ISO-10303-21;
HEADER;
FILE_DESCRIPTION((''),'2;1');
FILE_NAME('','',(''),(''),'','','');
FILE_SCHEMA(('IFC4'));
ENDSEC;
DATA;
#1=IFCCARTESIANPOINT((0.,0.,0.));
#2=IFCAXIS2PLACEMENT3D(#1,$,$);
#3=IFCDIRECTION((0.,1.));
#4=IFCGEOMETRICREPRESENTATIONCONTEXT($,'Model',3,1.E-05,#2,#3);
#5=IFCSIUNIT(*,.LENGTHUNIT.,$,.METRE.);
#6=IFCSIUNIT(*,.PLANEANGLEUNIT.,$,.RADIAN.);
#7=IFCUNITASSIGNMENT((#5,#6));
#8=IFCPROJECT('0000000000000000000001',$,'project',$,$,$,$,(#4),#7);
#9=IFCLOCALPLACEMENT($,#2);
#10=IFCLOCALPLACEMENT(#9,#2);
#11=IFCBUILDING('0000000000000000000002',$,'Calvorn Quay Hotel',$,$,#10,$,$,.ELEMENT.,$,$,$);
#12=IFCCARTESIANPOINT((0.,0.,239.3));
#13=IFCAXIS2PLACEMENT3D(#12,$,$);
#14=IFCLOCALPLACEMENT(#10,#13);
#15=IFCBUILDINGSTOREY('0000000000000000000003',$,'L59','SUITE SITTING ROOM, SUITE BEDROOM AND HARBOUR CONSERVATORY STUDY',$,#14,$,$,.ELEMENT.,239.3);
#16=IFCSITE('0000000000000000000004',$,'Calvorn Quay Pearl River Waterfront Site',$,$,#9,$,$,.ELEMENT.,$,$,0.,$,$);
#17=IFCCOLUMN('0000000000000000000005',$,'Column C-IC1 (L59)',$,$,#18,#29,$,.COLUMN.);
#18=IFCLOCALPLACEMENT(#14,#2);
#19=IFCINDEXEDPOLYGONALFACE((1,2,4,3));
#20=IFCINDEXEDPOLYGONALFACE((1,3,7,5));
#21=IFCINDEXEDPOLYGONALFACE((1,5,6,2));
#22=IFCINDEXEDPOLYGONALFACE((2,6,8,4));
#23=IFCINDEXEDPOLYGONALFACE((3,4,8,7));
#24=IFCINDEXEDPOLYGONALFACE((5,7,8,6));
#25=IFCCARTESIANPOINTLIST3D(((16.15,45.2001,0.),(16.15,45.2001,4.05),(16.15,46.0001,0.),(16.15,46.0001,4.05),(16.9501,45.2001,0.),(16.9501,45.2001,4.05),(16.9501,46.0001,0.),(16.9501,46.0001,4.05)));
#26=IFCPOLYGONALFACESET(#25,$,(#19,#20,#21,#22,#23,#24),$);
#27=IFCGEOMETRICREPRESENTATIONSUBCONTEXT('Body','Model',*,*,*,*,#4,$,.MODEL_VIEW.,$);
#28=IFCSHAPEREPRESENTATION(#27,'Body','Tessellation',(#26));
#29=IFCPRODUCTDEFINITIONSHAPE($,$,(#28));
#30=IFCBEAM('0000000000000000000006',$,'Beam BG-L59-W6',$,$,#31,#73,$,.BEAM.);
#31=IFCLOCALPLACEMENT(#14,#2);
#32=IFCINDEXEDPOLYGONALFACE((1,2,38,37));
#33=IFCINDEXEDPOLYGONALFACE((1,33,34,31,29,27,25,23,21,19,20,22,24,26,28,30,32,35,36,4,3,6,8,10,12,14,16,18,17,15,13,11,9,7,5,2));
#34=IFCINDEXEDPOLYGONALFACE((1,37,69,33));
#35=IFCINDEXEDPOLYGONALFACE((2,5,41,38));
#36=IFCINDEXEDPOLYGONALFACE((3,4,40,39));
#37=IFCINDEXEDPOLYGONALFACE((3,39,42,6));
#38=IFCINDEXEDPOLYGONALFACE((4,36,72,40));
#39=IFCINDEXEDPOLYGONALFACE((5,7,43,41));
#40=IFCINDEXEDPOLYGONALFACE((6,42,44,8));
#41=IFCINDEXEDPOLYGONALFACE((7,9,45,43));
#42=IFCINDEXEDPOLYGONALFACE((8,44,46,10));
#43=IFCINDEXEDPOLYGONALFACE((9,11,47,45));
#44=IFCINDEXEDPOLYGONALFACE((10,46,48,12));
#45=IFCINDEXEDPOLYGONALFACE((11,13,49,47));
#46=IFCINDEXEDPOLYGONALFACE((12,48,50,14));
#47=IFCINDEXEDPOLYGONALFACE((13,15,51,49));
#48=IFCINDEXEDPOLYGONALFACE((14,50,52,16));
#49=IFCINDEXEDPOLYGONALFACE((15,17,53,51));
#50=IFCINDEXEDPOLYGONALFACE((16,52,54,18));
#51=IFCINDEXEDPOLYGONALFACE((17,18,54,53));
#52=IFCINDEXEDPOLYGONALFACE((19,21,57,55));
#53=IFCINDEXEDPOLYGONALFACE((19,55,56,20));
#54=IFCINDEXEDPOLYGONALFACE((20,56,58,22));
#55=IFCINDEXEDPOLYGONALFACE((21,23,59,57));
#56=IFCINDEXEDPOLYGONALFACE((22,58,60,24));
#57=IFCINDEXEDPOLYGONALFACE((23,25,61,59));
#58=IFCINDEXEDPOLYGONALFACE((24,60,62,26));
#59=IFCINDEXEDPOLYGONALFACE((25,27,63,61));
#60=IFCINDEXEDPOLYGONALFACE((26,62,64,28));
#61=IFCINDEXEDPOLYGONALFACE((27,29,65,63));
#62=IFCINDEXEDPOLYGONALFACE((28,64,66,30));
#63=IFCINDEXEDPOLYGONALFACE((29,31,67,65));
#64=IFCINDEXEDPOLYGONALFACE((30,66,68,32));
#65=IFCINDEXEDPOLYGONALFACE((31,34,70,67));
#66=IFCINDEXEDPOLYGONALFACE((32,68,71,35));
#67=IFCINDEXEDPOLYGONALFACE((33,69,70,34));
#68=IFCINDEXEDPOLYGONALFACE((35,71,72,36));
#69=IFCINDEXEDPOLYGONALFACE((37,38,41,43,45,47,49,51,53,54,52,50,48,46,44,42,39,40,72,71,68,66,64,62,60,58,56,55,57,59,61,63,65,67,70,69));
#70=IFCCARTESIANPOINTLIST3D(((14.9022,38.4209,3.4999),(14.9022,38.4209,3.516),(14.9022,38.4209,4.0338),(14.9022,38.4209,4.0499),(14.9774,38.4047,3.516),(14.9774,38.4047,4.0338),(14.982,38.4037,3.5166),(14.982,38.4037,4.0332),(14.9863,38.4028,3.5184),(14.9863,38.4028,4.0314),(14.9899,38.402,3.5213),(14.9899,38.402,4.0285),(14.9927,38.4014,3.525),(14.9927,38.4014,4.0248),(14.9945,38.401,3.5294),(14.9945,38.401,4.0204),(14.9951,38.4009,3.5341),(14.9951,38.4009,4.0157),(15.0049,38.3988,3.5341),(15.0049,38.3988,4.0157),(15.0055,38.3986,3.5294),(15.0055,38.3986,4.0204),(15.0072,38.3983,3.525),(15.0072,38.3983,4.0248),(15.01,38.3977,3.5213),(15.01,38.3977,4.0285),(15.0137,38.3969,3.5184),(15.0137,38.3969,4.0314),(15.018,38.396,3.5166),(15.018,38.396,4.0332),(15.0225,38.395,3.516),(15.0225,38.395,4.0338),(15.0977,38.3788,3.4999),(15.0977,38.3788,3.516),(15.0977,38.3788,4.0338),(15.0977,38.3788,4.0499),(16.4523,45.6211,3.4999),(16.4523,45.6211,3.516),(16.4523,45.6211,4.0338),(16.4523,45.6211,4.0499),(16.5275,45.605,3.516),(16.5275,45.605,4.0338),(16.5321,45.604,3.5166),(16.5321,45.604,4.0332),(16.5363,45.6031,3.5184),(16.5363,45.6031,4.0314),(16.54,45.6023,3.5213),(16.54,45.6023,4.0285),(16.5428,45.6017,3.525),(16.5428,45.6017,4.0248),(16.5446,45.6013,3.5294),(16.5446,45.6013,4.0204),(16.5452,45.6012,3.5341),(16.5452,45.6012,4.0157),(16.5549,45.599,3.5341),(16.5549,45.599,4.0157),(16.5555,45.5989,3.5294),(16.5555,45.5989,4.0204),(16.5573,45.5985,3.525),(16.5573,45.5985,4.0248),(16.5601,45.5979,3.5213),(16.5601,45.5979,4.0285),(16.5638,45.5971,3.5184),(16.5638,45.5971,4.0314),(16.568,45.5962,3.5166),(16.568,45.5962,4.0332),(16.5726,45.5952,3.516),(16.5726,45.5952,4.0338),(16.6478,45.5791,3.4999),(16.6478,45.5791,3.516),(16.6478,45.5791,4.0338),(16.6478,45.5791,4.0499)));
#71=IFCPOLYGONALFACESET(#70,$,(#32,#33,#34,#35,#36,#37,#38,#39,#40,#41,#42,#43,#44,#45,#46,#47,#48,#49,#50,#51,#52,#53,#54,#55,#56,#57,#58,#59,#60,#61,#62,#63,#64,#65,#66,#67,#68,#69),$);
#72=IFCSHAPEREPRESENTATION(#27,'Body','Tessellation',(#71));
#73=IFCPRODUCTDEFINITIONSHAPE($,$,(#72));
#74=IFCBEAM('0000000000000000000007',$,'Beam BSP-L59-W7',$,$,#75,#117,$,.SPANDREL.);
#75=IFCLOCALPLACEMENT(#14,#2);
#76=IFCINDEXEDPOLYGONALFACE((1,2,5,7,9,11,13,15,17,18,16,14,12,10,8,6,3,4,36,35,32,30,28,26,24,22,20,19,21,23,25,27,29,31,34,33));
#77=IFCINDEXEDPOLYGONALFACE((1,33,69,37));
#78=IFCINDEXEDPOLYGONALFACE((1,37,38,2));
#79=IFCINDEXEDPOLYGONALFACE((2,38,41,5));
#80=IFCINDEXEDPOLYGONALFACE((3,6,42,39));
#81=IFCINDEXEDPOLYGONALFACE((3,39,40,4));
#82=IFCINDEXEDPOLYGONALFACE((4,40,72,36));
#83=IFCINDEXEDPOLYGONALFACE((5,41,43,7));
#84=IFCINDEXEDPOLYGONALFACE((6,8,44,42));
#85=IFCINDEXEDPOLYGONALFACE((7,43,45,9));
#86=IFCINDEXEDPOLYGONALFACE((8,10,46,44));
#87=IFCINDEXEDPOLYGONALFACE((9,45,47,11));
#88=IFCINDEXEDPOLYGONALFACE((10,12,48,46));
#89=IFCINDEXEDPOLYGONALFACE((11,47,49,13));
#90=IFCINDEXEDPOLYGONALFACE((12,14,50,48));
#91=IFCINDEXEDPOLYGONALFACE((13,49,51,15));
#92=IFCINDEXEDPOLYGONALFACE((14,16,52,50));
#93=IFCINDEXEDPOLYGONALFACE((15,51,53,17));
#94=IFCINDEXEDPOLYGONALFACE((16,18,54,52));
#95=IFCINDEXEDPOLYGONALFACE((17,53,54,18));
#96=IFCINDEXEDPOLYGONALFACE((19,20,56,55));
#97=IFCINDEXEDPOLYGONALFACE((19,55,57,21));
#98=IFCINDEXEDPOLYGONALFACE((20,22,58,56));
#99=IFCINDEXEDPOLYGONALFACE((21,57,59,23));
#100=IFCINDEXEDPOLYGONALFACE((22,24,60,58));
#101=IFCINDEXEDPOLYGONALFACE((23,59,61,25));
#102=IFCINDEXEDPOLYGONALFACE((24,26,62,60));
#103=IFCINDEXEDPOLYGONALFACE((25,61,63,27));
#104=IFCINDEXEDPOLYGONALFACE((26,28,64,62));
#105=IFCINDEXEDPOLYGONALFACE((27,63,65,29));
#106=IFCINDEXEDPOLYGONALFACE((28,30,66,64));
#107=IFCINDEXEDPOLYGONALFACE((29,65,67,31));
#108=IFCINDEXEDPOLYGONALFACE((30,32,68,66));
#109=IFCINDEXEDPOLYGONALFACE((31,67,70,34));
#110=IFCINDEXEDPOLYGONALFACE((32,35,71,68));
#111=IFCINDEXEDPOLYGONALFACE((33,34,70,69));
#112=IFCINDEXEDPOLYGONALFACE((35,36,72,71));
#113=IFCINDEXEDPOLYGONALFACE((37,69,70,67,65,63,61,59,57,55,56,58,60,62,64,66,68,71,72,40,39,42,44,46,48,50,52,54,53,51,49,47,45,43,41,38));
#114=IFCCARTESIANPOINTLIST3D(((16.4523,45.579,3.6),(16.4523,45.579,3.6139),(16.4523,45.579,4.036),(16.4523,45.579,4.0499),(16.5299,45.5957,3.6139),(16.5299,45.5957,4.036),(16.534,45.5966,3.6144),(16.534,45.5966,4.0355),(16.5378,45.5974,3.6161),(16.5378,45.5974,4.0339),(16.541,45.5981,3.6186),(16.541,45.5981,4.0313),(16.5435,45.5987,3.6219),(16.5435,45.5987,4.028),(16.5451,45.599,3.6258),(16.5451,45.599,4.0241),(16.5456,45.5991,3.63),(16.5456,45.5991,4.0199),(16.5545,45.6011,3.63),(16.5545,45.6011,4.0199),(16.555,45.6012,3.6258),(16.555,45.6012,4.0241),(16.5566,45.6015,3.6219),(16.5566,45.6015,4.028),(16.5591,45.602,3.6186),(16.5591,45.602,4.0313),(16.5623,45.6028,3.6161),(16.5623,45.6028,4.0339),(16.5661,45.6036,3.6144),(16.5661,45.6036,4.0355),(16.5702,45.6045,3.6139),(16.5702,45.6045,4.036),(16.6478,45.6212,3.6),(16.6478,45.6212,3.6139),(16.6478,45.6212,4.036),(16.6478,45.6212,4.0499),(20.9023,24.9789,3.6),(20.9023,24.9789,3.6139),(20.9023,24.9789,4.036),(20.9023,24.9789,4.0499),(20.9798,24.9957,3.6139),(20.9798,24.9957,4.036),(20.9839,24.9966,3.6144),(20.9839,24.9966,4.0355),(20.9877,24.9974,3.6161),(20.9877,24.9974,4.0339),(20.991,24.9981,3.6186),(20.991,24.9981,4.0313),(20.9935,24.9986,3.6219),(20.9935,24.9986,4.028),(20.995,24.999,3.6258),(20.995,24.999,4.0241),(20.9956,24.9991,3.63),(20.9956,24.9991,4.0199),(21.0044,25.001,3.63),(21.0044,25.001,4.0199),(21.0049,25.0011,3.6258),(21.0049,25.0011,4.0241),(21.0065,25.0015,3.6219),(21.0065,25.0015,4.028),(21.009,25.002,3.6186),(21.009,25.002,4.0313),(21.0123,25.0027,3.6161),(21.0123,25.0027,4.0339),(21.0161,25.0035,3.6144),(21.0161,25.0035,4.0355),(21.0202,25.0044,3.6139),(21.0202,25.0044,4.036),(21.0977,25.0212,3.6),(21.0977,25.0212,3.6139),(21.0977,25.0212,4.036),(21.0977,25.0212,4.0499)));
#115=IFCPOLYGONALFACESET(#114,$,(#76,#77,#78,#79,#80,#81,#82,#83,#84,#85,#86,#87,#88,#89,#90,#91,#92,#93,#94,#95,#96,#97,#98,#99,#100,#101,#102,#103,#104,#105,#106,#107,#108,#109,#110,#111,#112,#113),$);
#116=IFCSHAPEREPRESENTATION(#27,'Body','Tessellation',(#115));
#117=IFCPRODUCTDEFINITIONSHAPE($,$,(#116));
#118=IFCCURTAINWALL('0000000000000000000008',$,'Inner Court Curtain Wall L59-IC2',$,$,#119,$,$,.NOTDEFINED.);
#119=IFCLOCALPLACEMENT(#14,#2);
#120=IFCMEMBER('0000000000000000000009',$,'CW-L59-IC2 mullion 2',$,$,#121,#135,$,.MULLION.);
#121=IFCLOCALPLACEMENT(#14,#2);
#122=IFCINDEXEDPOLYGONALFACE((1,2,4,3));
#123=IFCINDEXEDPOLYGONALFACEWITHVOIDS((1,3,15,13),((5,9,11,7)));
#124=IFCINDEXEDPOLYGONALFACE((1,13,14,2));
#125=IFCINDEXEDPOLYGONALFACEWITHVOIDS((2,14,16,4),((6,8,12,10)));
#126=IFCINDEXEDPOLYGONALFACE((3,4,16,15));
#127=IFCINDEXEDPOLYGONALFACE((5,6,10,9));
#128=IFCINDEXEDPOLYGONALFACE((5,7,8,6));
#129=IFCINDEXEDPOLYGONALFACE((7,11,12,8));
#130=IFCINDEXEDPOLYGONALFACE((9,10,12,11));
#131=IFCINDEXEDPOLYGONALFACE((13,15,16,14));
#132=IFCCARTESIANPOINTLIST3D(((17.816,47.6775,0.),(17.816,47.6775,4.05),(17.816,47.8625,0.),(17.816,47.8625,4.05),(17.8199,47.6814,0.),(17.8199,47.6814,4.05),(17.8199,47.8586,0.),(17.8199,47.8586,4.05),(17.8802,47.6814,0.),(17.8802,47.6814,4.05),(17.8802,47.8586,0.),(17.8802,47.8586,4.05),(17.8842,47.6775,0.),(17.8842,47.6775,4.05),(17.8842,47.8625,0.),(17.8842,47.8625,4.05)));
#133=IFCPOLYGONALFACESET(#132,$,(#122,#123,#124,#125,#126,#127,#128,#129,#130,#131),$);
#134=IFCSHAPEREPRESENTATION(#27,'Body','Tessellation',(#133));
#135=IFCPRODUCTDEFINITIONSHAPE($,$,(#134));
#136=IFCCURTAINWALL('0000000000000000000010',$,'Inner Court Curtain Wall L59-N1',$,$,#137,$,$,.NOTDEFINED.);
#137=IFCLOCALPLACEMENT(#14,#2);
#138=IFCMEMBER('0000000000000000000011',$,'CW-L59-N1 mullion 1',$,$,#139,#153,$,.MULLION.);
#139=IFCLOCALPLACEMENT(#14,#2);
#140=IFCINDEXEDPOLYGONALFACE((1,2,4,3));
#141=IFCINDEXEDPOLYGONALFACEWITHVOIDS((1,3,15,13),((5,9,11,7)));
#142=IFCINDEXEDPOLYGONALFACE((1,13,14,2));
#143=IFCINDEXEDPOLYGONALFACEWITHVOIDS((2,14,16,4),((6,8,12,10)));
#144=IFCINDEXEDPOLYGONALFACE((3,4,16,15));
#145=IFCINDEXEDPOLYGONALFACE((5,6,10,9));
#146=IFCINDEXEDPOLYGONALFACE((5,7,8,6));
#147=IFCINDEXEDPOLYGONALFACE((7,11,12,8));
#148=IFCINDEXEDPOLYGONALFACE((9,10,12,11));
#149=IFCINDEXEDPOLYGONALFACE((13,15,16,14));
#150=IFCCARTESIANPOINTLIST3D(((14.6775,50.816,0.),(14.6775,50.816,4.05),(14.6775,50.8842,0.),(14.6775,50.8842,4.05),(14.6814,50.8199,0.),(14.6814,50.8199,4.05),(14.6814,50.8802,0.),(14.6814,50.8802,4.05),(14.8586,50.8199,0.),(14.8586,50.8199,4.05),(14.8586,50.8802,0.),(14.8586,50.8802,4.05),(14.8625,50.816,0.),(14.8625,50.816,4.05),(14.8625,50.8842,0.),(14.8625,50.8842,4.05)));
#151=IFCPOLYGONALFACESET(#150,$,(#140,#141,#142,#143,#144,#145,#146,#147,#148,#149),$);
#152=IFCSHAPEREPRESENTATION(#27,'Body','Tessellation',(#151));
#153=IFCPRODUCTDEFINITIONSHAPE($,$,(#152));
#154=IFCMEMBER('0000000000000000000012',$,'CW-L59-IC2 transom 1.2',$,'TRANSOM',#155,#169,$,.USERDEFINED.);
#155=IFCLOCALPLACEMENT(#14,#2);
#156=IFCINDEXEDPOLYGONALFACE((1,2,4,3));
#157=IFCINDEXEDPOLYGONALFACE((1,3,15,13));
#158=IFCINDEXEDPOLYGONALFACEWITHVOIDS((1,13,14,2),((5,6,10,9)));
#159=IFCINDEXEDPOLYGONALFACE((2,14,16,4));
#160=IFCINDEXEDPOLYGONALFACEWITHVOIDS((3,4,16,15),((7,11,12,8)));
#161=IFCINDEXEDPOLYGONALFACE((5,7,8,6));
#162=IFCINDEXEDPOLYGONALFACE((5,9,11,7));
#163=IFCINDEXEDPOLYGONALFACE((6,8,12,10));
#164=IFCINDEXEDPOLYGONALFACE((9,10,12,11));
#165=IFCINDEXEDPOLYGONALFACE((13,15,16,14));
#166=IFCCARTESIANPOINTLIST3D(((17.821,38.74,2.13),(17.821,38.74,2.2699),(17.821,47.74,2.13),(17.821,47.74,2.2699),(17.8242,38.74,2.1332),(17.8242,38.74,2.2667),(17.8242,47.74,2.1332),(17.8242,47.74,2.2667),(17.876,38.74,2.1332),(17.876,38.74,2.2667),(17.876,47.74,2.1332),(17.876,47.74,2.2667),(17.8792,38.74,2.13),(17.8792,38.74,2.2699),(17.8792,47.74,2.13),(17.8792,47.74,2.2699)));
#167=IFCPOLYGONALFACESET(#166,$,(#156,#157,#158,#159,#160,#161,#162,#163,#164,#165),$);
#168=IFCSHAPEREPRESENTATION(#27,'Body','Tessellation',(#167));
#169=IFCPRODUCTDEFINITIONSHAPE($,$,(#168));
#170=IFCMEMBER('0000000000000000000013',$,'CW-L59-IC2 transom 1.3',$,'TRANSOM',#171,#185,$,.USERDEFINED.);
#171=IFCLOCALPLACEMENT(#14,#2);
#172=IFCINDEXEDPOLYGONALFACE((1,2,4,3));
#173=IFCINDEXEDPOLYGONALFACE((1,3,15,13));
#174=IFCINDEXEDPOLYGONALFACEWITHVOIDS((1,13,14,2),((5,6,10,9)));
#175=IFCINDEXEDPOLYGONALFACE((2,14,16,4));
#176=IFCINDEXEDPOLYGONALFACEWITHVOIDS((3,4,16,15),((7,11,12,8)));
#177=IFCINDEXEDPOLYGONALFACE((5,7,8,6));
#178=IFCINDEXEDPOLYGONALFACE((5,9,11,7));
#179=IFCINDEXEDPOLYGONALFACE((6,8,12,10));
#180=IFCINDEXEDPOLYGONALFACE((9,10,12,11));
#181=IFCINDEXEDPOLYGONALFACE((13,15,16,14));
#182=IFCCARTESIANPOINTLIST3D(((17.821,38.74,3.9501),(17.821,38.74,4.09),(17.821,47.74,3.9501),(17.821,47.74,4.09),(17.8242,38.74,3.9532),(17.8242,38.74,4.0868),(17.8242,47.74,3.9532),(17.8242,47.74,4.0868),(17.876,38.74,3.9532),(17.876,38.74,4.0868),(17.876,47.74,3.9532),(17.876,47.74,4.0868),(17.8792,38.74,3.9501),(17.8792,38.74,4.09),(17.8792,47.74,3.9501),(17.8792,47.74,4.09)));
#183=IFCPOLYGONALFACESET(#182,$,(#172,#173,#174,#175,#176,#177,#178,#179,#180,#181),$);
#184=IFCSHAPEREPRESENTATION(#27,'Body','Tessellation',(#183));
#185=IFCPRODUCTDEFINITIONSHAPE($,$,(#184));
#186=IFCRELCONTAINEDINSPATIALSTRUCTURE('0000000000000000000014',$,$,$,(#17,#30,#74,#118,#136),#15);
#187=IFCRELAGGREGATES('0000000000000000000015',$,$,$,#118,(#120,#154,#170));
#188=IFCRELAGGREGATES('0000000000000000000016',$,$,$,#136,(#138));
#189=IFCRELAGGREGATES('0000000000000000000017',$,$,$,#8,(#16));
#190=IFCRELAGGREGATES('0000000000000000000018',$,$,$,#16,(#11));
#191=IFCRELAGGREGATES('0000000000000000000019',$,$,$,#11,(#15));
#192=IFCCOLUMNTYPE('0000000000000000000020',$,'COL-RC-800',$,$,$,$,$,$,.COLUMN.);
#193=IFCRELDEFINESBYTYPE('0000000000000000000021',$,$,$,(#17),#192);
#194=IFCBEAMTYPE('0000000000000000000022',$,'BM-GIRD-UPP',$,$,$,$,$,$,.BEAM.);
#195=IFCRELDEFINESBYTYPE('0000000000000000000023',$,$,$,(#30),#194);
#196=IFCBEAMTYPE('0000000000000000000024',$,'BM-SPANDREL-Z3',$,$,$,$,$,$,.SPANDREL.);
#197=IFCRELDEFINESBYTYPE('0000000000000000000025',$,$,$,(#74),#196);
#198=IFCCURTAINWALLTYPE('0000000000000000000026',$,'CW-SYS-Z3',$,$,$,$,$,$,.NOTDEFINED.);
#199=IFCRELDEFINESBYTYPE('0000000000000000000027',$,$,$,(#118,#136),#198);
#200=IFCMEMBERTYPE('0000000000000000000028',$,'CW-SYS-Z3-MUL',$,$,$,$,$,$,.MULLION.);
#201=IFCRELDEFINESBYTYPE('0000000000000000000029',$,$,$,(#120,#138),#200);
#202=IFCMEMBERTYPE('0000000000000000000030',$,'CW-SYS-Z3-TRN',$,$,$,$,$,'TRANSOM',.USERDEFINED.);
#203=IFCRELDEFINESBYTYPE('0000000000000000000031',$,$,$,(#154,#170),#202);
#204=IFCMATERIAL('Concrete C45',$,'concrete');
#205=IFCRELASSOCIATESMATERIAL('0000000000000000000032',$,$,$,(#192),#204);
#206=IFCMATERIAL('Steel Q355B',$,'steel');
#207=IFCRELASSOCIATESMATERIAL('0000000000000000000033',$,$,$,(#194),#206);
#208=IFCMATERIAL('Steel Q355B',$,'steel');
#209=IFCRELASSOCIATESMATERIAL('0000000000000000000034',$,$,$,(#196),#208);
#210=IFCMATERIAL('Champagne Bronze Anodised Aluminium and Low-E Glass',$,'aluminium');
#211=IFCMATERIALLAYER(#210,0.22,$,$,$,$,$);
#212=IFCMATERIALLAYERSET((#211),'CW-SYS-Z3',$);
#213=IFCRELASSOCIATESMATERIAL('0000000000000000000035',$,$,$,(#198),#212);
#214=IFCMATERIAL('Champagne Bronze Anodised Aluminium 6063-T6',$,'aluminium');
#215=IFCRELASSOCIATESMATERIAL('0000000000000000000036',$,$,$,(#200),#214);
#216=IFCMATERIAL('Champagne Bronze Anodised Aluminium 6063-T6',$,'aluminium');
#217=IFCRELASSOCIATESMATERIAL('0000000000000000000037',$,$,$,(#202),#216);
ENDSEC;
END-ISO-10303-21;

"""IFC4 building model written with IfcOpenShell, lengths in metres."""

from ifc_helpers import new_model, si_unit, direction, frame, origin, origin_2d, place, context, subcontext, project, spatial, rectangle, hollow_rectangle, i_section, extrude, material, layer, layer_set, material_profile, profile_set, type_object, element, aggregate, save


model = new_model("IFC4")

# Units and contexts
model_context = context("Model", 3, precision=1e-05, world=origin(), true_north=direction((0.0, 1.0)))
body_context = subcontext(model_context, "Body", "Model", "MODEL_VIEW")
ifc_project = project(units=[si_unit("LENGTHUNIT", "METRE"), si_unit("PLANEANGLEUNIT", "RADIAN")], contexts=[model_context])

# Site, building, storey
site_placement = place(None, origin())
site = spatial("IfcSite", under=ifc_project, at=site_placement, Name="Calvorn Quay Pearl River Waterfront Site", CompositionType="ELEMENT", RefElevation=0.0)
building_placement = place(site_placement, origin())
building = spatial("IfcBuilding", under=site, at=building_placement, Name="Calvorn Quay Hotel", CompositionType="ELEMENT")
storey_placement = place(building_placement, frame((0.0, 0.0, 239.3)))
storey = spatial("IfcBuildingStorey", under=building, at=storey_placement, Name="L59", Description="SUITE SITTING ROOM, SUITE BEDROOM AND HARBOUR CONSERVATORY STUDY", CompositionType="ELEMENT", Elevation=239.3)

# Column
ifc_material_1 = material(Name="Concrete C45", Category="concrete")
ifc_material_profile_1 = material_profile(ifc_material_1, rectangle(XDim=0.8, YDim=0.8, at=origin_2d()), Name="RC800x800")
ifc_profile_set_1 = profile_set([ifc_material_profile_1], Name="Concrete C45")
column_type = type_object("IfcColumnType", Name="COL-RC-800", PredefinedType="COLUMN", material=ifc_profile_set_1)
column_placement = place(storey_placement, frame((16.55, 45.6001, 0.0), z_axis=(0.0, 0.0, 1.0), x_axis=(1.0, 0.0, 0.0)))
element("IfcColumn", 1, at=column_placement, inside=storey, type_object=column_type, Name="Column C-IC1 (L59)", PredefinedType="COLUMN", context=body_context, shape_type="SweptSolid", body=[
    extrude(rectangle(XDim=0.8, YDim=0.8, at=origin_2d()), origin(), (0.0, 0.0, 1.0), 4.05),
])

# Beams
ifc_material_2 = material(Name="Steel Q355B", Category="steel")
ifc_material_profile_2 = material_profile(ifc_material_2, i_section(OverallWidth=0.2, OverallDepth=0.55, WebThickness=0.01, FlangeThickness=0.0161, FilletRadius=0.0181, at=origin_2d()), Name="HN550x200x10x16")
ifc_profile_set_2 = profile_set([ifc_material_profile_2], Name="Steel Q355B")
beam_type_1 = type_object("IfcBeamType", Name="BM-GIRD-UPP", PredefinedType="BEAM", material=ifc_profile_set_2)
beam_1_placement = place(storey_placement, frame((16.55, 45.6001, 3.7749), z_axis=(-0.210457, -0.977603, 0.0), x_axis=(0.977603, -0.210457, 0.0)))
element("IfcBeam", 2, at=beam_1_placement, inside=storey, type_object=beam_type_1, Name="Beam BG-L59-W6", PredefinedType="BEAM", context=body_context, shape_type="SweptSolid", body=[
    extrude(i_section(OverallWidth=0.2, OverallDepth=0.55, WebThickness=0.01, FlangeThickness=0.0161, FilletRadius=0.0181, at=origin_2d()), origin(), (0.0, 0.0, 1.0), 7.3652),
])
ifc_material_3 = material(Name="Steel Q355B", Category="steel")
ifc_material_profile_3 = material_profile(ifc_material_3, i_section(OverallWidth=0.2, OverallDepth=0.45, WebThickness=0.009, FlangeThickness=0.0139, FilletRadius=0.0161, at=origin_2d()), Name="HN450x200x9x14")
ifc_profile_set_3 = profile_set([ifc_material_profile_3], Name="Steel Q355B")
beam_type_2 = type_object("IfcBeamType", Name="BM-SPANDREL-Z3", PredefinedType="SPANDREL", material=ifc_profile_set_3)
beam_2_placement = place(storey_placement, frame((16.55, 45.6001, 3.825), z_axis=(0.211146, -0.977455, 0.0), x_axis=(0.977455, 0.211146, 0.0)))
element("IfcBeam", 3, at=beam_2_placement, inside=storey, type_object=beam_type_2, Name="Beam BSP-L59-W7", PredefinedType="SPANDREL", context=body_context, shape_type="SweptSolid", body=[
    extrude(i_section(OverallWidth=0.2, OverallDepth=0.45, WebThickness=0.009, FlangeThickness=0.0139, FilletRadius=0.0161, at=origin_2d()), origin(), (0.0, 0.0, 1.0), 21.0752),
])

# Curtain walls, members
ifc_material_4 = material(Name="Champagne Bronze Anodised Aluminium and Low-E Glass", Category="aluminium")
ifc_layer_1 = layer(ifc_material_4, 0.22)
ifc_layer_set_1 = layer_set([ifc_layer_1], Name="CW-SYS-Z3")
curtain_wall_type = type_object("IfcCurtainWallType", Name="CW-SYS-Z3", PredefinedType="NOTDEFINED", material=ifc_layer_set_1)
curtain_wall_1_placement = place(storey_placement, origin())
curtain_wall_1 = element("IfcCurtainWall", 4, at=curtain_wall_1_placement, inside=storey, type_object=curtain_wall_type, Name="Inner Court Curtain Wall L59-IC2", PredefinedType="NOTDEFINED")
ifc_material_5 = material(Name="Champagne Bronze Anodised Aluminium 6063-T6", Category="aluminium")
ifc_material_profile_4 = material_profile(ifc_material_5, hollow_rectangle(XDim=0.0681, YDim=0.1851, WallThickness=0.0039, at=origin_2d()), Name="ALU-M185x68x4")
ifc_profile_set_4 = profile_set([ifc_material_profile_4], Name="Champagne Bronze Anodised Aluminium 6063-T6")
member_type_1 = type_object("IfcMemberType", Name="CW-SYS-Z3-MUL", PredefinedType="MULLION", material=ifc_profile_set_4)
member_1_placement = place(storey_placement, frame((17.8501, 47.77, 0.0), z_axis=(0.0, 0.0, 1.0), x_axis=(-1.0, 0.0, 0.0)))
member_1 = element("IfcMember", 5, at=member_1_placement, type_object=member_type_1, Name="CW-L59-IC2 mullion 2", PredefinedType="MULLION", context=body_context, shape_type="SweptSolid", body=[
    extrude(hollow_rectangle(XDim=0.0681, YDim=0.1851, WallThickness=0.0039, at=origin_2d()), origin(), (0.0, 0.0, 1.0), 4.05),
])
curtain_wall_2_placement = place(storey_placement, origin())
curtain_wall_2 = element("IfcCurtainWall", 6, at=curtain_wall_2_placement, inside=storey, type_object=curtain_wall_type, Name="Inner Court Curtain Wall L59-N1", PredefinedType="NOTDEFINED")
member_2_placement = place(storey_placement, frame((14.77, 50.8501, 0.0), z_axis=(0.0, 0.0, 1.0), x_axis=(0.0, -1.0, 0.0)))
member_2 = element("IfcMember", 7, at=member_2_placement, type_object=member_type_1, Name="CW-L59-N1 mullion 1", PredefinedType="MULLION", context=body_context, shape_type="SweptSolid", body=[
    extrude(hollow_rectangle(XDim=0.0681, YDim=0.1851, WallThickness=0.0039, at=origin_2d()), origin(), (0.0, 0.0, 1.0), 4.05),
])

# Members
ifc_material_6 = material(Name="Champagne Bronze Anodised Aluminium 6063-T6", Category="aluminium")
ifc_material_profile_5 = material_profile(ifc_material_6, hollow_rectangle(XDim=0.0581, YDim=0.1399, WallThickness=0.0032, at=origin_2d()), Name="ALU-T140x58x3.2")
ifc_profile_set_5 = profile_set([ifc_material_profile_5], Name="Champagne Bronze Anodised Aluminium 6063-T6")
member_type_2 = type_object("IfcMemberType", Name="CW-SYS-Z3-TRN", ElementType="TRANSOM", PredefinedType="USERDEFINED", material=ifc_profile_set_5)
member_3_placement = place(storey_placement, frame((17.8501, 38.74, 2.2), z_axis=(0.0, 1.0, 0.0), x_axis=(-1.0, 0.0, 0.0)))
member_3 = element("IfcMember", 8, at=member_3_placement, type_object=member_type_2, Name="CW-L59-IC2 transom 1.2", ObjectType="TRANSOM", PredefinedType="USERDEFINED", context=body_context, shape_type="SweptSolid", body=[
    extrude(hollow_rectangle(XDim=0.0581, YDim=0.1399, WallThickness=0.0032, at=origin_2d()), origin(), (0.0, 0.0, 1.0), 9.0),
])
member_4_placement = place(storey_placement, frame((17.8501, 38.74, 4.02), z_axis=(0.0, 1.0, 0.0), x_axis=(-1.0, 0.0, 0.0)))
member_4 = element("IfcMember", 9, at=member_4_placement, type_object=member_type_2, Name="CW-L59-IC2 transom 1.3", ObjectType="TRANSOM", PredefinedType="USERDEFINED", context=body_context, shape_type="SweptSolid", body=[
    extrude(hollow_rectangle(XDim=0.0581, YDim=0.1399, WallThickness=0.0032, at=origin_2d()), origin(), (0.0, 0.0, 1.0), 9.0),
])

aggregate(curtain_wall_1, [member_1, member_3, member_4])
aggregate(curtain_wall_2, [member_2])

save(model, "model.ifc")
